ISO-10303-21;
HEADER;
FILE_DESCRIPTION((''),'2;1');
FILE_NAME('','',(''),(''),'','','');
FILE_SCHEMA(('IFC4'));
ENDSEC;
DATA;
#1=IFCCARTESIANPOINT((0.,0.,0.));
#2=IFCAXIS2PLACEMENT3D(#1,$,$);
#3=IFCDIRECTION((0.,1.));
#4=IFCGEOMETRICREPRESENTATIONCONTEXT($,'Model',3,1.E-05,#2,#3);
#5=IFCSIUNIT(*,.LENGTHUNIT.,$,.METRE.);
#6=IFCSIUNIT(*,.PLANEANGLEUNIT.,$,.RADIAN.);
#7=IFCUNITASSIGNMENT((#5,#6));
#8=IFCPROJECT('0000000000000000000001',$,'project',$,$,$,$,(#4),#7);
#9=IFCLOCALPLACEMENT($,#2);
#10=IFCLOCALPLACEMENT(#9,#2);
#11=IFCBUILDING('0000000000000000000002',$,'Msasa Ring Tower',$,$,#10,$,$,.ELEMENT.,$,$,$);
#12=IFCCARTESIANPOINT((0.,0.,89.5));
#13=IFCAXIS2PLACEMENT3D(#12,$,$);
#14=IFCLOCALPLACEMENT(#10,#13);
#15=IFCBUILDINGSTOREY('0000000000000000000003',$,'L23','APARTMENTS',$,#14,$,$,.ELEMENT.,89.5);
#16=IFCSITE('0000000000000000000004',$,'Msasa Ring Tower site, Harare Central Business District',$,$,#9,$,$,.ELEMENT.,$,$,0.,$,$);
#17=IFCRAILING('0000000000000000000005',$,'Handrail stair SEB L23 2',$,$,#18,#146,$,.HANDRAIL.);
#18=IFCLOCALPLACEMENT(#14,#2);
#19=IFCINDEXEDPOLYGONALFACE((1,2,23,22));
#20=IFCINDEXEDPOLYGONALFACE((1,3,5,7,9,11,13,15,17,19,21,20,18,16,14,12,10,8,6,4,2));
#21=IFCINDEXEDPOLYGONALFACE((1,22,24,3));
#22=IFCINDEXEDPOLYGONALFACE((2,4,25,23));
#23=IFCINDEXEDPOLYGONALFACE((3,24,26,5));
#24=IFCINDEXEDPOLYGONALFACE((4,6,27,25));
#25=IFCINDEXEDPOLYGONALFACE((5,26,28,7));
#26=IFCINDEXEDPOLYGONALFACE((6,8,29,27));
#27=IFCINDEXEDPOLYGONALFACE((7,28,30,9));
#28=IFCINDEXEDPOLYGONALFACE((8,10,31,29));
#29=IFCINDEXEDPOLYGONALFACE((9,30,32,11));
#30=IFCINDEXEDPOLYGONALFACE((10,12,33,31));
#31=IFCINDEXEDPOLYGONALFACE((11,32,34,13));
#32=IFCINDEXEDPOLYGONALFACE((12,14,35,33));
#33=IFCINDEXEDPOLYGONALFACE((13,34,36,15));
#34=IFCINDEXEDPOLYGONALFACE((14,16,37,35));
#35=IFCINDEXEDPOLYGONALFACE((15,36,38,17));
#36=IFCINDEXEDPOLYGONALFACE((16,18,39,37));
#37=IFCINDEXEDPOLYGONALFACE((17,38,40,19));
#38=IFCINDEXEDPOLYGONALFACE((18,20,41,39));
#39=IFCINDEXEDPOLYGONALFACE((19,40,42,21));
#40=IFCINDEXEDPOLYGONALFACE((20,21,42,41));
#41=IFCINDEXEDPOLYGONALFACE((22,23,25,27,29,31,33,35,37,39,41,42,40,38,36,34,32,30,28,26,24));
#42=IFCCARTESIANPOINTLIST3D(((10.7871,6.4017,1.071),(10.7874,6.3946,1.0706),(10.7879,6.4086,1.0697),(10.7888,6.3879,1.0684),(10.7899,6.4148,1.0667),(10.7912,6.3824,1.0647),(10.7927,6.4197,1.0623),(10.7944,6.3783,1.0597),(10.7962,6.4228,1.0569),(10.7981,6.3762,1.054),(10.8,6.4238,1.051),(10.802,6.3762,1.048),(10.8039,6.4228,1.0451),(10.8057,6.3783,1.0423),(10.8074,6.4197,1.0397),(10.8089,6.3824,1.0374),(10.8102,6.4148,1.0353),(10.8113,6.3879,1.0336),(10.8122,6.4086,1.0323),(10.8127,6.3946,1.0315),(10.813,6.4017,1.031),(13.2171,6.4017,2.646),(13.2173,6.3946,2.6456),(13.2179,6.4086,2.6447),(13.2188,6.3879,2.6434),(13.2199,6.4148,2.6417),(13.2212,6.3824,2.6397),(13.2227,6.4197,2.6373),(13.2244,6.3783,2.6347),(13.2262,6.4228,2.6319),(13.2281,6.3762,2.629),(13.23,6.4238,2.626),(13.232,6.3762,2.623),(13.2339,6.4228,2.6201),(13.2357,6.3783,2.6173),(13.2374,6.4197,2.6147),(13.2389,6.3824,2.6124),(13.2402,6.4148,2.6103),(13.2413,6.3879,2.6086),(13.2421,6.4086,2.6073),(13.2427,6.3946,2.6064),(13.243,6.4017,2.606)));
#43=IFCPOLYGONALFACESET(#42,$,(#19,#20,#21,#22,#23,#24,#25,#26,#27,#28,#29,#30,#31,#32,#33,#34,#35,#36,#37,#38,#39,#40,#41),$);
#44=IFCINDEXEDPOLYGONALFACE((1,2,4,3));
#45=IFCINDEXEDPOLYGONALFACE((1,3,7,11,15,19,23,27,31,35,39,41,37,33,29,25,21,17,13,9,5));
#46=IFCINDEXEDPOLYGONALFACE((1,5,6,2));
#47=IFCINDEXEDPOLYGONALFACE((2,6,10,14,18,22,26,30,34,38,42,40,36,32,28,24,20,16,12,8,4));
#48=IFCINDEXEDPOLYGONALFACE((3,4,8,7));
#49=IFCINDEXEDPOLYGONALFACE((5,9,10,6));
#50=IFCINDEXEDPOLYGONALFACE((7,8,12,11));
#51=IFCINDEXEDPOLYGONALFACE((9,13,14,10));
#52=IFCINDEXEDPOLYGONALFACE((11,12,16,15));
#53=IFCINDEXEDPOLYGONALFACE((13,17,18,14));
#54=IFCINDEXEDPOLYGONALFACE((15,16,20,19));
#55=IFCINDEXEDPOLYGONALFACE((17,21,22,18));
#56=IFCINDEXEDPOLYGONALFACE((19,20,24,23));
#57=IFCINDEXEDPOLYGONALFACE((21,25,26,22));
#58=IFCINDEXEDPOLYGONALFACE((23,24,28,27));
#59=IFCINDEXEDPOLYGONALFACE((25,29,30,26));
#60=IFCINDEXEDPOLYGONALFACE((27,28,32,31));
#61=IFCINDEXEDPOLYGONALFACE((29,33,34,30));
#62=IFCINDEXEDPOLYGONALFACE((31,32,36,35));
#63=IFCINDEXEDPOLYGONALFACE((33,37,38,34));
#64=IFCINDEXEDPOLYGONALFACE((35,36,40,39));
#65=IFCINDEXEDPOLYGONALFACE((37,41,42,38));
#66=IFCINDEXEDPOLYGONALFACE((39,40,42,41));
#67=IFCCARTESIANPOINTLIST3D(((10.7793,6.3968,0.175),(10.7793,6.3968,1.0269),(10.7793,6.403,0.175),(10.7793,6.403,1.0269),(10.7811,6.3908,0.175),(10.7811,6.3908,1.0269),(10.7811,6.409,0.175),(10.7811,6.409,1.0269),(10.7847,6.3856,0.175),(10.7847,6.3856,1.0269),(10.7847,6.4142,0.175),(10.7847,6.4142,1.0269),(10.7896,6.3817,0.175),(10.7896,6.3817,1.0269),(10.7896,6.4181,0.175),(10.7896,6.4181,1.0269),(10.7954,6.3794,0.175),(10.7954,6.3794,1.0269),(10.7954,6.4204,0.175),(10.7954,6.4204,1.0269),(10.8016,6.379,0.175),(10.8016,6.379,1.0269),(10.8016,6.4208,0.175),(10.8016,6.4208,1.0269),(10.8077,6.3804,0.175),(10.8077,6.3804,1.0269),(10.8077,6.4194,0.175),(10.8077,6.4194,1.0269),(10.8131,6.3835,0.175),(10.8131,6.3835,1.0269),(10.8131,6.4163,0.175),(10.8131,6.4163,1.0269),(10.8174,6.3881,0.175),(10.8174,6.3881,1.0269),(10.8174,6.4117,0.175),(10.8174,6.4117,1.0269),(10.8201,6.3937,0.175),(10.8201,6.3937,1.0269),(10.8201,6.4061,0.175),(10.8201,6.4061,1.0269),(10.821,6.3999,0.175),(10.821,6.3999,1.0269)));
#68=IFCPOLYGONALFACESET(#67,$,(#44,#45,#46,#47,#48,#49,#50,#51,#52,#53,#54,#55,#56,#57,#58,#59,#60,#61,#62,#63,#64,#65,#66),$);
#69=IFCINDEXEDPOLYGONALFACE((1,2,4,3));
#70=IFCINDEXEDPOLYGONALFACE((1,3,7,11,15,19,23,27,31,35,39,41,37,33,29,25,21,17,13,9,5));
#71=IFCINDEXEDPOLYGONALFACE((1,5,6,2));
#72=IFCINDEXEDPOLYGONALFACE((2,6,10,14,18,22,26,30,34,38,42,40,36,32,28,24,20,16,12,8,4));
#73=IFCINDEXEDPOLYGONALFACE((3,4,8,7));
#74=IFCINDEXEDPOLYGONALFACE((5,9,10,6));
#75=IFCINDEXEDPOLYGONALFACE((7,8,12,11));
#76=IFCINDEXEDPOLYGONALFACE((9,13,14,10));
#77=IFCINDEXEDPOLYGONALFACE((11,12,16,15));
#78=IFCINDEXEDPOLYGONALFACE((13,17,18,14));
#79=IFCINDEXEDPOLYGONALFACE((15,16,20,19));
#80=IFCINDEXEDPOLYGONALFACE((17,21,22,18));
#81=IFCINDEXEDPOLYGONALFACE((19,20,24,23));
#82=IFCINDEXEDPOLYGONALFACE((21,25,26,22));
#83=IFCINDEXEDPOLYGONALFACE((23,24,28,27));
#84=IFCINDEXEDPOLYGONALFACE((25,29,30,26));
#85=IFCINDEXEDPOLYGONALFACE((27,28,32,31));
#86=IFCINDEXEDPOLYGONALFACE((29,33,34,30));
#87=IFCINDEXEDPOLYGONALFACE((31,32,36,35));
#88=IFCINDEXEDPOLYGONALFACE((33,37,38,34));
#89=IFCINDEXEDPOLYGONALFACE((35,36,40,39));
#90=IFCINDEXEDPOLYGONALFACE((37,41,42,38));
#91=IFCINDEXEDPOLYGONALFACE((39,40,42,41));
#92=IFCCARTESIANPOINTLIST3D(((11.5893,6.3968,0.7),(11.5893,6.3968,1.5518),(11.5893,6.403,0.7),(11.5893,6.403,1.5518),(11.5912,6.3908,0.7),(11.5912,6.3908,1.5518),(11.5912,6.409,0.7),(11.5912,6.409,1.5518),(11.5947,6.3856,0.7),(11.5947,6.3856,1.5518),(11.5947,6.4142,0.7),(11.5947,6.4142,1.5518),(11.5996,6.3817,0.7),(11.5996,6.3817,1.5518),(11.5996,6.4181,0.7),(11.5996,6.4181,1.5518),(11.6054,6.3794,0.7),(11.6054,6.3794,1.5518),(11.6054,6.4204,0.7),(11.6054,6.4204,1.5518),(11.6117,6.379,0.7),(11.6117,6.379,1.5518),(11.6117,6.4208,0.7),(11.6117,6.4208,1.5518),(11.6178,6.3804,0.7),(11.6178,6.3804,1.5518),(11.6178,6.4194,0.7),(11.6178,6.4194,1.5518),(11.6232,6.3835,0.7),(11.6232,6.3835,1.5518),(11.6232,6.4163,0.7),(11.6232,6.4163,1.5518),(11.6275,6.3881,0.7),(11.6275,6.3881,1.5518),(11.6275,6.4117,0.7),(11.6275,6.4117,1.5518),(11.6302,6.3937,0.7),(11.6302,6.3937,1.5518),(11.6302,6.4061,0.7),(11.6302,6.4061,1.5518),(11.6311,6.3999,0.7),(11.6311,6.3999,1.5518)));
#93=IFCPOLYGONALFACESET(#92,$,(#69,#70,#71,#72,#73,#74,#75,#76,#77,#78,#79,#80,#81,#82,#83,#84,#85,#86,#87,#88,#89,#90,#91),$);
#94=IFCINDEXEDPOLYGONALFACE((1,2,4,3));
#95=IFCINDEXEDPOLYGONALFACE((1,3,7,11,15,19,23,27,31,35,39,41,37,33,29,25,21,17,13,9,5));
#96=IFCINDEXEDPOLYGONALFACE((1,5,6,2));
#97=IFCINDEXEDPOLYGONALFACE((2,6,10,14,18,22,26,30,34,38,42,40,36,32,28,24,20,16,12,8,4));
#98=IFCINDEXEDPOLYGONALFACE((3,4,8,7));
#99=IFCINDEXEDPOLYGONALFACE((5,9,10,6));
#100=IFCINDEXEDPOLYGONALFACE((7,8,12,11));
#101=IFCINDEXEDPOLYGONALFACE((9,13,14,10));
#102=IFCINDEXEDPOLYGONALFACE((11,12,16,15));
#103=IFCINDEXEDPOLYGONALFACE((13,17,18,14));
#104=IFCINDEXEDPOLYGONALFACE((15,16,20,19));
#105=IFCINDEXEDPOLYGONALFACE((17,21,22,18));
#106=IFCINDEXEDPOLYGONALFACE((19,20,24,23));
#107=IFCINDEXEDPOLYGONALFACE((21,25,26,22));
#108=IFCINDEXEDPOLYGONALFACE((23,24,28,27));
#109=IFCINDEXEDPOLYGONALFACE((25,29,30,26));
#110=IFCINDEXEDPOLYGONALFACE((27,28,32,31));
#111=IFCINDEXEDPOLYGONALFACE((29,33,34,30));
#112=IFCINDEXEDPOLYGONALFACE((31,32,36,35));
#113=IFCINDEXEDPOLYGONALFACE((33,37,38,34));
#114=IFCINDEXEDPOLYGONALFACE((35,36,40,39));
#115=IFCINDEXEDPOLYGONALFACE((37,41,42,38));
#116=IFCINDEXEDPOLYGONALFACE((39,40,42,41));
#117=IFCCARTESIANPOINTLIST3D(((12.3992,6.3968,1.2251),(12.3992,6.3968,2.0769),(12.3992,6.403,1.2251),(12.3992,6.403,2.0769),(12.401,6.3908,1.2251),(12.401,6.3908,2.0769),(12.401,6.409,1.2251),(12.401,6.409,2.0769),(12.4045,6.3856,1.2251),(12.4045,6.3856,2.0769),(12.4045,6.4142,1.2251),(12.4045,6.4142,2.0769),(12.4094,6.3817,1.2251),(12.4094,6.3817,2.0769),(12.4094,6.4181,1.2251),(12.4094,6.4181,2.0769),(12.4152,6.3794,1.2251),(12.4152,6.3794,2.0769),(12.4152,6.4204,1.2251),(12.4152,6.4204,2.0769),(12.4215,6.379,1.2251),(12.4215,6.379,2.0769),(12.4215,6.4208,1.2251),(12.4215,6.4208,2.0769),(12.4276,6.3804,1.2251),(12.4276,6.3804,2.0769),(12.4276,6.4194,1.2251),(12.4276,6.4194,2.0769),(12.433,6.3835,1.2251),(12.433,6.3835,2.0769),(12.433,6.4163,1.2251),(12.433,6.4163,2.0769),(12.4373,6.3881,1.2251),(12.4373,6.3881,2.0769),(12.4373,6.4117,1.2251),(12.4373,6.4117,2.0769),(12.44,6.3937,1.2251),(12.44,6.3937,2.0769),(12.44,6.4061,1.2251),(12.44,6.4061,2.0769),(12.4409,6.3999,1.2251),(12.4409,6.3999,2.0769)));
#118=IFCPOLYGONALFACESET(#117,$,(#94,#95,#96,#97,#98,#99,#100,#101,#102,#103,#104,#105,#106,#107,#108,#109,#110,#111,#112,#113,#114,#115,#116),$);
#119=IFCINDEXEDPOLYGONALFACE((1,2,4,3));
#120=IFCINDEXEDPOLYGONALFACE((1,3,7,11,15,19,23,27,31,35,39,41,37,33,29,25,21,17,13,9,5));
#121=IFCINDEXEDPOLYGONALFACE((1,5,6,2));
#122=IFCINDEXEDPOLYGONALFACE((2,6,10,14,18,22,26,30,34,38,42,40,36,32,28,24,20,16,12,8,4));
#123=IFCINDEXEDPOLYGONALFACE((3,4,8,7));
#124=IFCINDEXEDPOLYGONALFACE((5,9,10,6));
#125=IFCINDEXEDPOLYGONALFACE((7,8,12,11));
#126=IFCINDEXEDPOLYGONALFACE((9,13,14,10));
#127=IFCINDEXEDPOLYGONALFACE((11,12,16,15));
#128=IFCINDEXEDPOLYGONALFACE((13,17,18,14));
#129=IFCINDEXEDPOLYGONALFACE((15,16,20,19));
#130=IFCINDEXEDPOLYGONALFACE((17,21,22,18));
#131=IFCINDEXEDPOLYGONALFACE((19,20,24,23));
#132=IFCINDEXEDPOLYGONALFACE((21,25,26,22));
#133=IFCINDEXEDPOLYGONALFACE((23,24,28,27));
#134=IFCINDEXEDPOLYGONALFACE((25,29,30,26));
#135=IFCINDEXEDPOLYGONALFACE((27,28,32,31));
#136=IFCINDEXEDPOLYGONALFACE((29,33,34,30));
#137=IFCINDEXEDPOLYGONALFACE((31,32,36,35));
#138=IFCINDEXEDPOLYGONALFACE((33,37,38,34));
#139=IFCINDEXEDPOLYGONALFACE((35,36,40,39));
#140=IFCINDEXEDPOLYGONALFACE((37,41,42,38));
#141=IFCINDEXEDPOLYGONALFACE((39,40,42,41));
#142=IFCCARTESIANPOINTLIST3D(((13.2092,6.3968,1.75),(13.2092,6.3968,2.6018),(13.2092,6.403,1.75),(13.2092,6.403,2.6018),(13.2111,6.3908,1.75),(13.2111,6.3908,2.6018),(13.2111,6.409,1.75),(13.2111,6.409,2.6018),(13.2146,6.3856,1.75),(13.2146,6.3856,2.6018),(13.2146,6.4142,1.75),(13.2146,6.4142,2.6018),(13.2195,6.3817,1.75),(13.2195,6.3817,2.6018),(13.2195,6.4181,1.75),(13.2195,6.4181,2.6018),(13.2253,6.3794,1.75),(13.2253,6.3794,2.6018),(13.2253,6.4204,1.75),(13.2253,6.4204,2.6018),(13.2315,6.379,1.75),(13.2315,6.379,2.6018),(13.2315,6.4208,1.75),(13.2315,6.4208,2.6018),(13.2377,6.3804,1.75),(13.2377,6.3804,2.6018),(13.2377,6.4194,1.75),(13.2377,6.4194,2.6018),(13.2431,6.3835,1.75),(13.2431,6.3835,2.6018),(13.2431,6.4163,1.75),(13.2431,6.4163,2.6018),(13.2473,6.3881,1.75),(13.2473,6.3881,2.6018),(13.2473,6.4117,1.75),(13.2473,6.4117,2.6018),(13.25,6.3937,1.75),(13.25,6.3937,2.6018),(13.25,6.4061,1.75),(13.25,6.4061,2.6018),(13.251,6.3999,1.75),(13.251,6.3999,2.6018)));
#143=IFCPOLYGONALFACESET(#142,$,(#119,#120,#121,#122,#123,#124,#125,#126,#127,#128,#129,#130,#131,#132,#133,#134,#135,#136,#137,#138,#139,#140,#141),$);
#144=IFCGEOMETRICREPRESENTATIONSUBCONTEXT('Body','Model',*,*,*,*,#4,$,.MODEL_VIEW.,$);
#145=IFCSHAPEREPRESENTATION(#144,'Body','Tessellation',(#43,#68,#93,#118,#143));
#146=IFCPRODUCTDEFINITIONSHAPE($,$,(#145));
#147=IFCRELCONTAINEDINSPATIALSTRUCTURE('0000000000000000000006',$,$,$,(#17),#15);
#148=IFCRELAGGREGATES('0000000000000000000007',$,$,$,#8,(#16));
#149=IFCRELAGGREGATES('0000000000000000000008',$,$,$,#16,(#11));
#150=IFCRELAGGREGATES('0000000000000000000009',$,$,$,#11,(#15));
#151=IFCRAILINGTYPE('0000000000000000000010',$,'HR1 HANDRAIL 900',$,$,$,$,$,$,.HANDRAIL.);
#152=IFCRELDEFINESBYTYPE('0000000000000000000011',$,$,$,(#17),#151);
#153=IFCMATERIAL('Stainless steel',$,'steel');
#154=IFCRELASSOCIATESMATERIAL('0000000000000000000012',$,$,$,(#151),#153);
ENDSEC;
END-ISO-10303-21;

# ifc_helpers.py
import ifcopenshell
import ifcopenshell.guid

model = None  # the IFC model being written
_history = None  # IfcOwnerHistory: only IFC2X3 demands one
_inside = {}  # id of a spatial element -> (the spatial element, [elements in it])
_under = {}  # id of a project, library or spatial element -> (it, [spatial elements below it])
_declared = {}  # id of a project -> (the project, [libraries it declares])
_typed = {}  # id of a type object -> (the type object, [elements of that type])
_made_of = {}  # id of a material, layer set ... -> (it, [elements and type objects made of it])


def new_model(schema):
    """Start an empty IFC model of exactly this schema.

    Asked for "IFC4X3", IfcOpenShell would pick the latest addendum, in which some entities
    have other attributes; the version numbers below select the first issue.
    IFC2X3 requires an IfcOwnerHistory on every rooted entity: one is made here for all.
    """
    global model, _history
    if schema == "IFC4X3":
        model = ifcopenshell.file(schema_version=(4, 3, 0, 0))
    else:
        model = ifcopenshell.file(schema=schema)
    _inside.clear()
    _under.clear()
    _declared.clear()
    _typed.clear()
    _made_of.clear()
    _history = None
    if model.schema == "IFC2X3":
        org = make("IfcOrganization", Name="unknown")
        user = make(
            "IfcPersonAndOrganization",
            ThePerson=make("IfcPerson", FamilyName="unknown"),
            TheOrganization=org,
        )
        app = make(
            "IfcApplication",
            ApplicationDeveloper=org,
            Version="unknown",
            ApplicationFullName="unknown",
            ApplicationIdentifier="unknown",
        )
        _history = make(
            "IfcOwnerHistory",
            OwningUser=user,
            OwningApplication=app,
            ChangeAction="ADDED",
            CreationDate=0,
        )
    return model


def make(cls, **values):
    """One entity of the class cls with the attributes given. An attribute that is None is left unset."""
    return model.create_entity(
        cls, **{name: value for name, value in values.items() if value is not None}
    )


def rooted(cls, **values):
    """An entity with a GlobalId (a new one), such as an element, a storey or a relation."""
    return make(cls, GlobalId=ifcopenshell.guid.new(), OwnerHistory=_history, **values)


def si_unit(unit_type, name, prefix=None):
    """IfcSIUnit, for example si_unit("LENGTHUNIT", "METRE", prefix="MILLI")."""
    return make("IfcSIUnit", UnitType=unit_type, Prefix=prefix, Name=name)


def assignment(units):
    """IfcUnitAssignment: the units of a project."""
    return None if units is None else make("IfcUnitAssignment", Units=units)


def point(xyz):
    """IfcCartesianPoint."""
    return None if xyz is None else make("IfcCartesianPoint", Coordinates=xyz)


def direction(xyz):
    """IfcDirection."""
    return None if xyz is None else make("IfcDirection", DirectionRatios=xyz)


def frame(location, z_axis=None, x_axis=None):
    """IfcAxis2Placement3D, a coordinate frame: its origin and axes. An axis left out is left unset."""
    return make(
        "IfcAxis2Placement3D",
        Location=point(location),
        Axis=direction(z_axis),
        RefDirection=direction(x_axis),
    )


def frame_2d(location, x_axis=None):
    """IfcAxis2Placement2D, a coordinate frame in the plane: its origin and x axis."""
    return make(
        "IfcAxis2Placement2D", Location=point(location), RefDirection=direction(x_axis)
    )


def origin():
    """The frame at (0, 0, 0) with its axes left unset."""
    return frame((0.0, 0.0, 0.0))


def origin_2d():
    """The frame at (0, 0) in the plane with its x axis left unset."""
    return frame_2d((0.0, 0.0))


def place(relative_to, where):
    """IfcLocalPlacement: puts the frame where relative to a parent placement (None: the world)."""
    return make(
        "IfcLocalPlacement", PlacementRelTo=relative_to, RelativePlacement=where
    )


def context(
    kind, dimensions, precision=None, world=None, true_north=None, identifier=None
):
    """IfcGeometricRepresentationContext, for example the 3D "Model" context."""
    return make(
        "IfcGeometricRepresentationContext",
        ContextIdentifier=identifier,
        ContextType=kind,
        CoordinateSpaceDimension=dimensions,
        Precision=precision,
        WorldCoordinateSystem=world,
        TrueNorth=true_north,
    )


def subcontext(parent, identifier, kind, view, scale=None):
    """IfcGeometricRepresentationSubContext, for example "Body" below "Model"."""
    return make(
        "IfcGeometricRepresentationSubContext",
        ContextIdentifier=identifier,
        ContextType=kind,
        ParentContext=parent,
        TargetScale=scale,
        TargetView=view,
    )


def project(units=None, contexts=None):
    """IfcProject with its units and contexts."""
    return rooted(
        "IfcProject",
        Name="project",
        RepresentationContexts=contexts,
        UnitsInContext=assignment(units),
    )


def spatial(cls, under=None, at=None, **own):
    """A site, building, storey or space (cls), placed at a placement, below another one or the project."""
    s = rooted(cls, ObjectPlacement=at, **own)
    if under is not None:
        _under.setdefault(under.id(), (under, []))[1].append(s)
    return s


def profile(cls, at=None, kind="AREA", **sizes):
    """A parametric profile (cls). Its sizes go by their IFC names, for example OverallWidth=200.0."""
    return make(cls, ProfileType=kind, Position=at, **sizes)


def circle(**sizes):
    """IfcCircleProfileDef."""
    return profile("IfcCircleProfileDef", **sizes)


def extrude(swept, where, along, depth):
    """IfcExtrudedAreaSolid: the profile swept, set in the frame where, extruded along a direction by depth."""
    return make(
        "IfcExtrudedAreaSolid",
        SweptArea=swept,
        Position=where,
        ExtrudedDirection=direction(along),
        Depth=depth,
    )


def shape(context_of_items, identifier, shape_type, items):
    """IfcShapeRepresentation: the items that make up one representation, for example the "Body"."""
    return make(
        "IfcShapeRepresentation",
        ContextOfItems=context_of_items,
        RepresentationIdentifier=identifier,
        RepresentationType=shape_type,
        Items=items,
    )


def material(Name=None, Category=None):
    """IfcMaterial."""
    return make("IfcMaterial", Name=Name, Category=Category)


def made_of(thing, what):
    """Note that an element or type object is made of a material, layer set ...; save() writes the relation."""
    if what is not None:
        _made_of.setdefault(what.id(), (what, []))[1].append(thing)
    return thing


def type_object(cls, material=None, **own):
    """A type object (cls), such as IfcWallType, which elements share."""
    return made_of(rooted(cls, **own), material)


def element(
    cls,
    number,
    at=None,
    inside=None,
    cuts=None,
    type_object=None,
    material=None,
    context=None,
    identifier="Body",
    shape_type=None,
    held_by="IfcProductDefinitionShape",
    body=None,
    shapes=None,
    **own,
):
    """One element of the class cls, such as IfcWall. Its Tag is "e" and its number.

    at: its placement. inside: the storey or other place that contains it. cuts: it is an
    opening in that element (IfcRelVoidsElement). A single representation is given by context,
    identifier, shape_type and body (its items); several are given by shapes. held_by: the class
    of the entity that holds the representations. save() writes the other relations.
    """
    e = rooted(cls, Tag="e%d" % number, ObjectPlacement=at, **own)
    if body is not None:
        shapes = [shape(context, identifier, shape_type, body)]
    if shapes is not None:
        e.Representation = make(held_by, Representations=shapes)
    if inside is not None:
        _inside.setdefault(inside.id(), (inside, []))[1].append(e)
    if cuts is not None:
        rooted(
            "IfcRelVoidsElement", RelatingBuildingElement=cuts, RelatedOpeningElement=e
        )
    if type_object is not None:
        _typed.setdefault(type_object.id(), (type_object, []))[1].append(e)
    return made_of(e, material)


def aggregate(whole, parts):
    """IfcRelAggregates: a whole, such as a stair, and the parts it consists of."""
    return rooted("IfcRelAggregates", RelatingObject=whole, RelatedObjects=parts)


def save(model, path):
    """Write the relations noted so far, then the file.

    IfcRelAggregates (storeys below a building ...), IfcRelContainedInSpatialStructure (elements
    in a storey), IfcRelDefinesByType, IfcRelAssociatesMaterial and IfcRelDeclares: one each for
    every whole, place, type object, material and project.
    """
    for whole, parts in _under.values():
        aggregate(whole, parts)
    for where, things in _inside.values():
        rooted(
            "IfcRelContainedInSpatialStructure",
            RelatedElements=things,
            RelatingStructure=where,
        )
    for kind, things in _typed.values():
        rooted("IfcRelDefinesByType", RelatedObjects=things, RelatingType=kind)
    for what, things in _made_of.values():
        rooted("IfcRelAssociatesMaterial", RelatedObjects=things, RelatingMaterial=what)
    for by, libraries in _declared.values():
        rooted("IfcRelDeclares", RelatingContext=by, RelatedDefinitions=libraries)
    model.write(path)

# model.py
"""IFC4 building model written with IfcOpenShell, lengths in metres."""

from ifc_helpers import new_model, si_unit, direction, frame, origin, origin_2d, place, context, subcontext, project, spatial, circle, extrude, material, type_object, element, save


model = new_model("IFC4")

# Units and contexts
model_context = context("Model", 3, precision=1e-05, world=origin(), true_north=direction((0.0, 1.0)))
body_context = subcontext(model_context, "Body", "Model", "MODEL_VIEW")
ifc_project = project(units=[si_unit("LENGTHUNIT", "METRE"), si_unit("PLANEANGLEUNIT", "RADIAN")], contexts=[model_context])

# Site, building, storey
site_placement = place(None, origin())
site = spatial("IfcSite", under=ifc_project, at=site_placement, Name="Msasa Ring Tower site, Harare Central Business District", CompositionType="ELEMENT", RefElevation=0.0)
building_placement = place(site_placement, origin())
building = spatial("IfcBuilding", under=site, at=building_placement, Name="Msasa Ring Tower", CompositionType="ELEMENT")
storey_placement = place(building_placement, frame((0.0, 0.0, 89.5)))
storey = spatial("IfcBuildingStorey", under=building, at=storey_placement, Name="L23", Description="APARTMENTS", CompositionType="ELEMENT", Elevation=89.5)

# Railing
ifc_material_1 = material(Name="Stainless steel", Category="steel")
railing_type = type_object("IfcRailingType", Name="HR1 HANDRAIL 900", PredefinedType="HANDRAIL", material=ifc_material_1)
for number, where, name in (
    (1, (10.8, 6.3999, 0.175), "Handrail stair SEB L23 2"),
):
    element("IfcRailing", number, at=place(storey_placement, frame(where)), inside=storey, type_object=railing_type, Name=name, PredefinedType="HANDRAIL", context=body_context, shape_type="SweptSolid", body=[
        extrude(circle(Radius=0.0239, at=origin_2d()), frame((0.0, 0.0, 0.876), z_axis=(0.839154, 0.0, 0.543894), x_axis=(0.0, 1.0, 0.0)), (0.0, 0.0, 1.0), 2.8958),
        extrude(circle(Radius=0.021, at=origin_2d()), origin(), (0.0, 0.0, 1.0), 0.8518),
        extrude(circle(Radius=0.021, at=origin_2d()), frame((0.8101, 0.0, 0.5249)), (0.0, 0.0, 1.0), 0.8518),
        extrude(circle(Radius=0.021, at=origin_2d()), frame((1.6199, 0.0, 1.05)), (0.0, 0.0, 1.0), 0.8518),
        extrude(circle(Radius=0.021, at=origin_2d()), frame((2.4299, 0.0, 1.575)), (0.0, 0.0, 1.0), 0.8518),
    ])

save(model, "model.ifc")
